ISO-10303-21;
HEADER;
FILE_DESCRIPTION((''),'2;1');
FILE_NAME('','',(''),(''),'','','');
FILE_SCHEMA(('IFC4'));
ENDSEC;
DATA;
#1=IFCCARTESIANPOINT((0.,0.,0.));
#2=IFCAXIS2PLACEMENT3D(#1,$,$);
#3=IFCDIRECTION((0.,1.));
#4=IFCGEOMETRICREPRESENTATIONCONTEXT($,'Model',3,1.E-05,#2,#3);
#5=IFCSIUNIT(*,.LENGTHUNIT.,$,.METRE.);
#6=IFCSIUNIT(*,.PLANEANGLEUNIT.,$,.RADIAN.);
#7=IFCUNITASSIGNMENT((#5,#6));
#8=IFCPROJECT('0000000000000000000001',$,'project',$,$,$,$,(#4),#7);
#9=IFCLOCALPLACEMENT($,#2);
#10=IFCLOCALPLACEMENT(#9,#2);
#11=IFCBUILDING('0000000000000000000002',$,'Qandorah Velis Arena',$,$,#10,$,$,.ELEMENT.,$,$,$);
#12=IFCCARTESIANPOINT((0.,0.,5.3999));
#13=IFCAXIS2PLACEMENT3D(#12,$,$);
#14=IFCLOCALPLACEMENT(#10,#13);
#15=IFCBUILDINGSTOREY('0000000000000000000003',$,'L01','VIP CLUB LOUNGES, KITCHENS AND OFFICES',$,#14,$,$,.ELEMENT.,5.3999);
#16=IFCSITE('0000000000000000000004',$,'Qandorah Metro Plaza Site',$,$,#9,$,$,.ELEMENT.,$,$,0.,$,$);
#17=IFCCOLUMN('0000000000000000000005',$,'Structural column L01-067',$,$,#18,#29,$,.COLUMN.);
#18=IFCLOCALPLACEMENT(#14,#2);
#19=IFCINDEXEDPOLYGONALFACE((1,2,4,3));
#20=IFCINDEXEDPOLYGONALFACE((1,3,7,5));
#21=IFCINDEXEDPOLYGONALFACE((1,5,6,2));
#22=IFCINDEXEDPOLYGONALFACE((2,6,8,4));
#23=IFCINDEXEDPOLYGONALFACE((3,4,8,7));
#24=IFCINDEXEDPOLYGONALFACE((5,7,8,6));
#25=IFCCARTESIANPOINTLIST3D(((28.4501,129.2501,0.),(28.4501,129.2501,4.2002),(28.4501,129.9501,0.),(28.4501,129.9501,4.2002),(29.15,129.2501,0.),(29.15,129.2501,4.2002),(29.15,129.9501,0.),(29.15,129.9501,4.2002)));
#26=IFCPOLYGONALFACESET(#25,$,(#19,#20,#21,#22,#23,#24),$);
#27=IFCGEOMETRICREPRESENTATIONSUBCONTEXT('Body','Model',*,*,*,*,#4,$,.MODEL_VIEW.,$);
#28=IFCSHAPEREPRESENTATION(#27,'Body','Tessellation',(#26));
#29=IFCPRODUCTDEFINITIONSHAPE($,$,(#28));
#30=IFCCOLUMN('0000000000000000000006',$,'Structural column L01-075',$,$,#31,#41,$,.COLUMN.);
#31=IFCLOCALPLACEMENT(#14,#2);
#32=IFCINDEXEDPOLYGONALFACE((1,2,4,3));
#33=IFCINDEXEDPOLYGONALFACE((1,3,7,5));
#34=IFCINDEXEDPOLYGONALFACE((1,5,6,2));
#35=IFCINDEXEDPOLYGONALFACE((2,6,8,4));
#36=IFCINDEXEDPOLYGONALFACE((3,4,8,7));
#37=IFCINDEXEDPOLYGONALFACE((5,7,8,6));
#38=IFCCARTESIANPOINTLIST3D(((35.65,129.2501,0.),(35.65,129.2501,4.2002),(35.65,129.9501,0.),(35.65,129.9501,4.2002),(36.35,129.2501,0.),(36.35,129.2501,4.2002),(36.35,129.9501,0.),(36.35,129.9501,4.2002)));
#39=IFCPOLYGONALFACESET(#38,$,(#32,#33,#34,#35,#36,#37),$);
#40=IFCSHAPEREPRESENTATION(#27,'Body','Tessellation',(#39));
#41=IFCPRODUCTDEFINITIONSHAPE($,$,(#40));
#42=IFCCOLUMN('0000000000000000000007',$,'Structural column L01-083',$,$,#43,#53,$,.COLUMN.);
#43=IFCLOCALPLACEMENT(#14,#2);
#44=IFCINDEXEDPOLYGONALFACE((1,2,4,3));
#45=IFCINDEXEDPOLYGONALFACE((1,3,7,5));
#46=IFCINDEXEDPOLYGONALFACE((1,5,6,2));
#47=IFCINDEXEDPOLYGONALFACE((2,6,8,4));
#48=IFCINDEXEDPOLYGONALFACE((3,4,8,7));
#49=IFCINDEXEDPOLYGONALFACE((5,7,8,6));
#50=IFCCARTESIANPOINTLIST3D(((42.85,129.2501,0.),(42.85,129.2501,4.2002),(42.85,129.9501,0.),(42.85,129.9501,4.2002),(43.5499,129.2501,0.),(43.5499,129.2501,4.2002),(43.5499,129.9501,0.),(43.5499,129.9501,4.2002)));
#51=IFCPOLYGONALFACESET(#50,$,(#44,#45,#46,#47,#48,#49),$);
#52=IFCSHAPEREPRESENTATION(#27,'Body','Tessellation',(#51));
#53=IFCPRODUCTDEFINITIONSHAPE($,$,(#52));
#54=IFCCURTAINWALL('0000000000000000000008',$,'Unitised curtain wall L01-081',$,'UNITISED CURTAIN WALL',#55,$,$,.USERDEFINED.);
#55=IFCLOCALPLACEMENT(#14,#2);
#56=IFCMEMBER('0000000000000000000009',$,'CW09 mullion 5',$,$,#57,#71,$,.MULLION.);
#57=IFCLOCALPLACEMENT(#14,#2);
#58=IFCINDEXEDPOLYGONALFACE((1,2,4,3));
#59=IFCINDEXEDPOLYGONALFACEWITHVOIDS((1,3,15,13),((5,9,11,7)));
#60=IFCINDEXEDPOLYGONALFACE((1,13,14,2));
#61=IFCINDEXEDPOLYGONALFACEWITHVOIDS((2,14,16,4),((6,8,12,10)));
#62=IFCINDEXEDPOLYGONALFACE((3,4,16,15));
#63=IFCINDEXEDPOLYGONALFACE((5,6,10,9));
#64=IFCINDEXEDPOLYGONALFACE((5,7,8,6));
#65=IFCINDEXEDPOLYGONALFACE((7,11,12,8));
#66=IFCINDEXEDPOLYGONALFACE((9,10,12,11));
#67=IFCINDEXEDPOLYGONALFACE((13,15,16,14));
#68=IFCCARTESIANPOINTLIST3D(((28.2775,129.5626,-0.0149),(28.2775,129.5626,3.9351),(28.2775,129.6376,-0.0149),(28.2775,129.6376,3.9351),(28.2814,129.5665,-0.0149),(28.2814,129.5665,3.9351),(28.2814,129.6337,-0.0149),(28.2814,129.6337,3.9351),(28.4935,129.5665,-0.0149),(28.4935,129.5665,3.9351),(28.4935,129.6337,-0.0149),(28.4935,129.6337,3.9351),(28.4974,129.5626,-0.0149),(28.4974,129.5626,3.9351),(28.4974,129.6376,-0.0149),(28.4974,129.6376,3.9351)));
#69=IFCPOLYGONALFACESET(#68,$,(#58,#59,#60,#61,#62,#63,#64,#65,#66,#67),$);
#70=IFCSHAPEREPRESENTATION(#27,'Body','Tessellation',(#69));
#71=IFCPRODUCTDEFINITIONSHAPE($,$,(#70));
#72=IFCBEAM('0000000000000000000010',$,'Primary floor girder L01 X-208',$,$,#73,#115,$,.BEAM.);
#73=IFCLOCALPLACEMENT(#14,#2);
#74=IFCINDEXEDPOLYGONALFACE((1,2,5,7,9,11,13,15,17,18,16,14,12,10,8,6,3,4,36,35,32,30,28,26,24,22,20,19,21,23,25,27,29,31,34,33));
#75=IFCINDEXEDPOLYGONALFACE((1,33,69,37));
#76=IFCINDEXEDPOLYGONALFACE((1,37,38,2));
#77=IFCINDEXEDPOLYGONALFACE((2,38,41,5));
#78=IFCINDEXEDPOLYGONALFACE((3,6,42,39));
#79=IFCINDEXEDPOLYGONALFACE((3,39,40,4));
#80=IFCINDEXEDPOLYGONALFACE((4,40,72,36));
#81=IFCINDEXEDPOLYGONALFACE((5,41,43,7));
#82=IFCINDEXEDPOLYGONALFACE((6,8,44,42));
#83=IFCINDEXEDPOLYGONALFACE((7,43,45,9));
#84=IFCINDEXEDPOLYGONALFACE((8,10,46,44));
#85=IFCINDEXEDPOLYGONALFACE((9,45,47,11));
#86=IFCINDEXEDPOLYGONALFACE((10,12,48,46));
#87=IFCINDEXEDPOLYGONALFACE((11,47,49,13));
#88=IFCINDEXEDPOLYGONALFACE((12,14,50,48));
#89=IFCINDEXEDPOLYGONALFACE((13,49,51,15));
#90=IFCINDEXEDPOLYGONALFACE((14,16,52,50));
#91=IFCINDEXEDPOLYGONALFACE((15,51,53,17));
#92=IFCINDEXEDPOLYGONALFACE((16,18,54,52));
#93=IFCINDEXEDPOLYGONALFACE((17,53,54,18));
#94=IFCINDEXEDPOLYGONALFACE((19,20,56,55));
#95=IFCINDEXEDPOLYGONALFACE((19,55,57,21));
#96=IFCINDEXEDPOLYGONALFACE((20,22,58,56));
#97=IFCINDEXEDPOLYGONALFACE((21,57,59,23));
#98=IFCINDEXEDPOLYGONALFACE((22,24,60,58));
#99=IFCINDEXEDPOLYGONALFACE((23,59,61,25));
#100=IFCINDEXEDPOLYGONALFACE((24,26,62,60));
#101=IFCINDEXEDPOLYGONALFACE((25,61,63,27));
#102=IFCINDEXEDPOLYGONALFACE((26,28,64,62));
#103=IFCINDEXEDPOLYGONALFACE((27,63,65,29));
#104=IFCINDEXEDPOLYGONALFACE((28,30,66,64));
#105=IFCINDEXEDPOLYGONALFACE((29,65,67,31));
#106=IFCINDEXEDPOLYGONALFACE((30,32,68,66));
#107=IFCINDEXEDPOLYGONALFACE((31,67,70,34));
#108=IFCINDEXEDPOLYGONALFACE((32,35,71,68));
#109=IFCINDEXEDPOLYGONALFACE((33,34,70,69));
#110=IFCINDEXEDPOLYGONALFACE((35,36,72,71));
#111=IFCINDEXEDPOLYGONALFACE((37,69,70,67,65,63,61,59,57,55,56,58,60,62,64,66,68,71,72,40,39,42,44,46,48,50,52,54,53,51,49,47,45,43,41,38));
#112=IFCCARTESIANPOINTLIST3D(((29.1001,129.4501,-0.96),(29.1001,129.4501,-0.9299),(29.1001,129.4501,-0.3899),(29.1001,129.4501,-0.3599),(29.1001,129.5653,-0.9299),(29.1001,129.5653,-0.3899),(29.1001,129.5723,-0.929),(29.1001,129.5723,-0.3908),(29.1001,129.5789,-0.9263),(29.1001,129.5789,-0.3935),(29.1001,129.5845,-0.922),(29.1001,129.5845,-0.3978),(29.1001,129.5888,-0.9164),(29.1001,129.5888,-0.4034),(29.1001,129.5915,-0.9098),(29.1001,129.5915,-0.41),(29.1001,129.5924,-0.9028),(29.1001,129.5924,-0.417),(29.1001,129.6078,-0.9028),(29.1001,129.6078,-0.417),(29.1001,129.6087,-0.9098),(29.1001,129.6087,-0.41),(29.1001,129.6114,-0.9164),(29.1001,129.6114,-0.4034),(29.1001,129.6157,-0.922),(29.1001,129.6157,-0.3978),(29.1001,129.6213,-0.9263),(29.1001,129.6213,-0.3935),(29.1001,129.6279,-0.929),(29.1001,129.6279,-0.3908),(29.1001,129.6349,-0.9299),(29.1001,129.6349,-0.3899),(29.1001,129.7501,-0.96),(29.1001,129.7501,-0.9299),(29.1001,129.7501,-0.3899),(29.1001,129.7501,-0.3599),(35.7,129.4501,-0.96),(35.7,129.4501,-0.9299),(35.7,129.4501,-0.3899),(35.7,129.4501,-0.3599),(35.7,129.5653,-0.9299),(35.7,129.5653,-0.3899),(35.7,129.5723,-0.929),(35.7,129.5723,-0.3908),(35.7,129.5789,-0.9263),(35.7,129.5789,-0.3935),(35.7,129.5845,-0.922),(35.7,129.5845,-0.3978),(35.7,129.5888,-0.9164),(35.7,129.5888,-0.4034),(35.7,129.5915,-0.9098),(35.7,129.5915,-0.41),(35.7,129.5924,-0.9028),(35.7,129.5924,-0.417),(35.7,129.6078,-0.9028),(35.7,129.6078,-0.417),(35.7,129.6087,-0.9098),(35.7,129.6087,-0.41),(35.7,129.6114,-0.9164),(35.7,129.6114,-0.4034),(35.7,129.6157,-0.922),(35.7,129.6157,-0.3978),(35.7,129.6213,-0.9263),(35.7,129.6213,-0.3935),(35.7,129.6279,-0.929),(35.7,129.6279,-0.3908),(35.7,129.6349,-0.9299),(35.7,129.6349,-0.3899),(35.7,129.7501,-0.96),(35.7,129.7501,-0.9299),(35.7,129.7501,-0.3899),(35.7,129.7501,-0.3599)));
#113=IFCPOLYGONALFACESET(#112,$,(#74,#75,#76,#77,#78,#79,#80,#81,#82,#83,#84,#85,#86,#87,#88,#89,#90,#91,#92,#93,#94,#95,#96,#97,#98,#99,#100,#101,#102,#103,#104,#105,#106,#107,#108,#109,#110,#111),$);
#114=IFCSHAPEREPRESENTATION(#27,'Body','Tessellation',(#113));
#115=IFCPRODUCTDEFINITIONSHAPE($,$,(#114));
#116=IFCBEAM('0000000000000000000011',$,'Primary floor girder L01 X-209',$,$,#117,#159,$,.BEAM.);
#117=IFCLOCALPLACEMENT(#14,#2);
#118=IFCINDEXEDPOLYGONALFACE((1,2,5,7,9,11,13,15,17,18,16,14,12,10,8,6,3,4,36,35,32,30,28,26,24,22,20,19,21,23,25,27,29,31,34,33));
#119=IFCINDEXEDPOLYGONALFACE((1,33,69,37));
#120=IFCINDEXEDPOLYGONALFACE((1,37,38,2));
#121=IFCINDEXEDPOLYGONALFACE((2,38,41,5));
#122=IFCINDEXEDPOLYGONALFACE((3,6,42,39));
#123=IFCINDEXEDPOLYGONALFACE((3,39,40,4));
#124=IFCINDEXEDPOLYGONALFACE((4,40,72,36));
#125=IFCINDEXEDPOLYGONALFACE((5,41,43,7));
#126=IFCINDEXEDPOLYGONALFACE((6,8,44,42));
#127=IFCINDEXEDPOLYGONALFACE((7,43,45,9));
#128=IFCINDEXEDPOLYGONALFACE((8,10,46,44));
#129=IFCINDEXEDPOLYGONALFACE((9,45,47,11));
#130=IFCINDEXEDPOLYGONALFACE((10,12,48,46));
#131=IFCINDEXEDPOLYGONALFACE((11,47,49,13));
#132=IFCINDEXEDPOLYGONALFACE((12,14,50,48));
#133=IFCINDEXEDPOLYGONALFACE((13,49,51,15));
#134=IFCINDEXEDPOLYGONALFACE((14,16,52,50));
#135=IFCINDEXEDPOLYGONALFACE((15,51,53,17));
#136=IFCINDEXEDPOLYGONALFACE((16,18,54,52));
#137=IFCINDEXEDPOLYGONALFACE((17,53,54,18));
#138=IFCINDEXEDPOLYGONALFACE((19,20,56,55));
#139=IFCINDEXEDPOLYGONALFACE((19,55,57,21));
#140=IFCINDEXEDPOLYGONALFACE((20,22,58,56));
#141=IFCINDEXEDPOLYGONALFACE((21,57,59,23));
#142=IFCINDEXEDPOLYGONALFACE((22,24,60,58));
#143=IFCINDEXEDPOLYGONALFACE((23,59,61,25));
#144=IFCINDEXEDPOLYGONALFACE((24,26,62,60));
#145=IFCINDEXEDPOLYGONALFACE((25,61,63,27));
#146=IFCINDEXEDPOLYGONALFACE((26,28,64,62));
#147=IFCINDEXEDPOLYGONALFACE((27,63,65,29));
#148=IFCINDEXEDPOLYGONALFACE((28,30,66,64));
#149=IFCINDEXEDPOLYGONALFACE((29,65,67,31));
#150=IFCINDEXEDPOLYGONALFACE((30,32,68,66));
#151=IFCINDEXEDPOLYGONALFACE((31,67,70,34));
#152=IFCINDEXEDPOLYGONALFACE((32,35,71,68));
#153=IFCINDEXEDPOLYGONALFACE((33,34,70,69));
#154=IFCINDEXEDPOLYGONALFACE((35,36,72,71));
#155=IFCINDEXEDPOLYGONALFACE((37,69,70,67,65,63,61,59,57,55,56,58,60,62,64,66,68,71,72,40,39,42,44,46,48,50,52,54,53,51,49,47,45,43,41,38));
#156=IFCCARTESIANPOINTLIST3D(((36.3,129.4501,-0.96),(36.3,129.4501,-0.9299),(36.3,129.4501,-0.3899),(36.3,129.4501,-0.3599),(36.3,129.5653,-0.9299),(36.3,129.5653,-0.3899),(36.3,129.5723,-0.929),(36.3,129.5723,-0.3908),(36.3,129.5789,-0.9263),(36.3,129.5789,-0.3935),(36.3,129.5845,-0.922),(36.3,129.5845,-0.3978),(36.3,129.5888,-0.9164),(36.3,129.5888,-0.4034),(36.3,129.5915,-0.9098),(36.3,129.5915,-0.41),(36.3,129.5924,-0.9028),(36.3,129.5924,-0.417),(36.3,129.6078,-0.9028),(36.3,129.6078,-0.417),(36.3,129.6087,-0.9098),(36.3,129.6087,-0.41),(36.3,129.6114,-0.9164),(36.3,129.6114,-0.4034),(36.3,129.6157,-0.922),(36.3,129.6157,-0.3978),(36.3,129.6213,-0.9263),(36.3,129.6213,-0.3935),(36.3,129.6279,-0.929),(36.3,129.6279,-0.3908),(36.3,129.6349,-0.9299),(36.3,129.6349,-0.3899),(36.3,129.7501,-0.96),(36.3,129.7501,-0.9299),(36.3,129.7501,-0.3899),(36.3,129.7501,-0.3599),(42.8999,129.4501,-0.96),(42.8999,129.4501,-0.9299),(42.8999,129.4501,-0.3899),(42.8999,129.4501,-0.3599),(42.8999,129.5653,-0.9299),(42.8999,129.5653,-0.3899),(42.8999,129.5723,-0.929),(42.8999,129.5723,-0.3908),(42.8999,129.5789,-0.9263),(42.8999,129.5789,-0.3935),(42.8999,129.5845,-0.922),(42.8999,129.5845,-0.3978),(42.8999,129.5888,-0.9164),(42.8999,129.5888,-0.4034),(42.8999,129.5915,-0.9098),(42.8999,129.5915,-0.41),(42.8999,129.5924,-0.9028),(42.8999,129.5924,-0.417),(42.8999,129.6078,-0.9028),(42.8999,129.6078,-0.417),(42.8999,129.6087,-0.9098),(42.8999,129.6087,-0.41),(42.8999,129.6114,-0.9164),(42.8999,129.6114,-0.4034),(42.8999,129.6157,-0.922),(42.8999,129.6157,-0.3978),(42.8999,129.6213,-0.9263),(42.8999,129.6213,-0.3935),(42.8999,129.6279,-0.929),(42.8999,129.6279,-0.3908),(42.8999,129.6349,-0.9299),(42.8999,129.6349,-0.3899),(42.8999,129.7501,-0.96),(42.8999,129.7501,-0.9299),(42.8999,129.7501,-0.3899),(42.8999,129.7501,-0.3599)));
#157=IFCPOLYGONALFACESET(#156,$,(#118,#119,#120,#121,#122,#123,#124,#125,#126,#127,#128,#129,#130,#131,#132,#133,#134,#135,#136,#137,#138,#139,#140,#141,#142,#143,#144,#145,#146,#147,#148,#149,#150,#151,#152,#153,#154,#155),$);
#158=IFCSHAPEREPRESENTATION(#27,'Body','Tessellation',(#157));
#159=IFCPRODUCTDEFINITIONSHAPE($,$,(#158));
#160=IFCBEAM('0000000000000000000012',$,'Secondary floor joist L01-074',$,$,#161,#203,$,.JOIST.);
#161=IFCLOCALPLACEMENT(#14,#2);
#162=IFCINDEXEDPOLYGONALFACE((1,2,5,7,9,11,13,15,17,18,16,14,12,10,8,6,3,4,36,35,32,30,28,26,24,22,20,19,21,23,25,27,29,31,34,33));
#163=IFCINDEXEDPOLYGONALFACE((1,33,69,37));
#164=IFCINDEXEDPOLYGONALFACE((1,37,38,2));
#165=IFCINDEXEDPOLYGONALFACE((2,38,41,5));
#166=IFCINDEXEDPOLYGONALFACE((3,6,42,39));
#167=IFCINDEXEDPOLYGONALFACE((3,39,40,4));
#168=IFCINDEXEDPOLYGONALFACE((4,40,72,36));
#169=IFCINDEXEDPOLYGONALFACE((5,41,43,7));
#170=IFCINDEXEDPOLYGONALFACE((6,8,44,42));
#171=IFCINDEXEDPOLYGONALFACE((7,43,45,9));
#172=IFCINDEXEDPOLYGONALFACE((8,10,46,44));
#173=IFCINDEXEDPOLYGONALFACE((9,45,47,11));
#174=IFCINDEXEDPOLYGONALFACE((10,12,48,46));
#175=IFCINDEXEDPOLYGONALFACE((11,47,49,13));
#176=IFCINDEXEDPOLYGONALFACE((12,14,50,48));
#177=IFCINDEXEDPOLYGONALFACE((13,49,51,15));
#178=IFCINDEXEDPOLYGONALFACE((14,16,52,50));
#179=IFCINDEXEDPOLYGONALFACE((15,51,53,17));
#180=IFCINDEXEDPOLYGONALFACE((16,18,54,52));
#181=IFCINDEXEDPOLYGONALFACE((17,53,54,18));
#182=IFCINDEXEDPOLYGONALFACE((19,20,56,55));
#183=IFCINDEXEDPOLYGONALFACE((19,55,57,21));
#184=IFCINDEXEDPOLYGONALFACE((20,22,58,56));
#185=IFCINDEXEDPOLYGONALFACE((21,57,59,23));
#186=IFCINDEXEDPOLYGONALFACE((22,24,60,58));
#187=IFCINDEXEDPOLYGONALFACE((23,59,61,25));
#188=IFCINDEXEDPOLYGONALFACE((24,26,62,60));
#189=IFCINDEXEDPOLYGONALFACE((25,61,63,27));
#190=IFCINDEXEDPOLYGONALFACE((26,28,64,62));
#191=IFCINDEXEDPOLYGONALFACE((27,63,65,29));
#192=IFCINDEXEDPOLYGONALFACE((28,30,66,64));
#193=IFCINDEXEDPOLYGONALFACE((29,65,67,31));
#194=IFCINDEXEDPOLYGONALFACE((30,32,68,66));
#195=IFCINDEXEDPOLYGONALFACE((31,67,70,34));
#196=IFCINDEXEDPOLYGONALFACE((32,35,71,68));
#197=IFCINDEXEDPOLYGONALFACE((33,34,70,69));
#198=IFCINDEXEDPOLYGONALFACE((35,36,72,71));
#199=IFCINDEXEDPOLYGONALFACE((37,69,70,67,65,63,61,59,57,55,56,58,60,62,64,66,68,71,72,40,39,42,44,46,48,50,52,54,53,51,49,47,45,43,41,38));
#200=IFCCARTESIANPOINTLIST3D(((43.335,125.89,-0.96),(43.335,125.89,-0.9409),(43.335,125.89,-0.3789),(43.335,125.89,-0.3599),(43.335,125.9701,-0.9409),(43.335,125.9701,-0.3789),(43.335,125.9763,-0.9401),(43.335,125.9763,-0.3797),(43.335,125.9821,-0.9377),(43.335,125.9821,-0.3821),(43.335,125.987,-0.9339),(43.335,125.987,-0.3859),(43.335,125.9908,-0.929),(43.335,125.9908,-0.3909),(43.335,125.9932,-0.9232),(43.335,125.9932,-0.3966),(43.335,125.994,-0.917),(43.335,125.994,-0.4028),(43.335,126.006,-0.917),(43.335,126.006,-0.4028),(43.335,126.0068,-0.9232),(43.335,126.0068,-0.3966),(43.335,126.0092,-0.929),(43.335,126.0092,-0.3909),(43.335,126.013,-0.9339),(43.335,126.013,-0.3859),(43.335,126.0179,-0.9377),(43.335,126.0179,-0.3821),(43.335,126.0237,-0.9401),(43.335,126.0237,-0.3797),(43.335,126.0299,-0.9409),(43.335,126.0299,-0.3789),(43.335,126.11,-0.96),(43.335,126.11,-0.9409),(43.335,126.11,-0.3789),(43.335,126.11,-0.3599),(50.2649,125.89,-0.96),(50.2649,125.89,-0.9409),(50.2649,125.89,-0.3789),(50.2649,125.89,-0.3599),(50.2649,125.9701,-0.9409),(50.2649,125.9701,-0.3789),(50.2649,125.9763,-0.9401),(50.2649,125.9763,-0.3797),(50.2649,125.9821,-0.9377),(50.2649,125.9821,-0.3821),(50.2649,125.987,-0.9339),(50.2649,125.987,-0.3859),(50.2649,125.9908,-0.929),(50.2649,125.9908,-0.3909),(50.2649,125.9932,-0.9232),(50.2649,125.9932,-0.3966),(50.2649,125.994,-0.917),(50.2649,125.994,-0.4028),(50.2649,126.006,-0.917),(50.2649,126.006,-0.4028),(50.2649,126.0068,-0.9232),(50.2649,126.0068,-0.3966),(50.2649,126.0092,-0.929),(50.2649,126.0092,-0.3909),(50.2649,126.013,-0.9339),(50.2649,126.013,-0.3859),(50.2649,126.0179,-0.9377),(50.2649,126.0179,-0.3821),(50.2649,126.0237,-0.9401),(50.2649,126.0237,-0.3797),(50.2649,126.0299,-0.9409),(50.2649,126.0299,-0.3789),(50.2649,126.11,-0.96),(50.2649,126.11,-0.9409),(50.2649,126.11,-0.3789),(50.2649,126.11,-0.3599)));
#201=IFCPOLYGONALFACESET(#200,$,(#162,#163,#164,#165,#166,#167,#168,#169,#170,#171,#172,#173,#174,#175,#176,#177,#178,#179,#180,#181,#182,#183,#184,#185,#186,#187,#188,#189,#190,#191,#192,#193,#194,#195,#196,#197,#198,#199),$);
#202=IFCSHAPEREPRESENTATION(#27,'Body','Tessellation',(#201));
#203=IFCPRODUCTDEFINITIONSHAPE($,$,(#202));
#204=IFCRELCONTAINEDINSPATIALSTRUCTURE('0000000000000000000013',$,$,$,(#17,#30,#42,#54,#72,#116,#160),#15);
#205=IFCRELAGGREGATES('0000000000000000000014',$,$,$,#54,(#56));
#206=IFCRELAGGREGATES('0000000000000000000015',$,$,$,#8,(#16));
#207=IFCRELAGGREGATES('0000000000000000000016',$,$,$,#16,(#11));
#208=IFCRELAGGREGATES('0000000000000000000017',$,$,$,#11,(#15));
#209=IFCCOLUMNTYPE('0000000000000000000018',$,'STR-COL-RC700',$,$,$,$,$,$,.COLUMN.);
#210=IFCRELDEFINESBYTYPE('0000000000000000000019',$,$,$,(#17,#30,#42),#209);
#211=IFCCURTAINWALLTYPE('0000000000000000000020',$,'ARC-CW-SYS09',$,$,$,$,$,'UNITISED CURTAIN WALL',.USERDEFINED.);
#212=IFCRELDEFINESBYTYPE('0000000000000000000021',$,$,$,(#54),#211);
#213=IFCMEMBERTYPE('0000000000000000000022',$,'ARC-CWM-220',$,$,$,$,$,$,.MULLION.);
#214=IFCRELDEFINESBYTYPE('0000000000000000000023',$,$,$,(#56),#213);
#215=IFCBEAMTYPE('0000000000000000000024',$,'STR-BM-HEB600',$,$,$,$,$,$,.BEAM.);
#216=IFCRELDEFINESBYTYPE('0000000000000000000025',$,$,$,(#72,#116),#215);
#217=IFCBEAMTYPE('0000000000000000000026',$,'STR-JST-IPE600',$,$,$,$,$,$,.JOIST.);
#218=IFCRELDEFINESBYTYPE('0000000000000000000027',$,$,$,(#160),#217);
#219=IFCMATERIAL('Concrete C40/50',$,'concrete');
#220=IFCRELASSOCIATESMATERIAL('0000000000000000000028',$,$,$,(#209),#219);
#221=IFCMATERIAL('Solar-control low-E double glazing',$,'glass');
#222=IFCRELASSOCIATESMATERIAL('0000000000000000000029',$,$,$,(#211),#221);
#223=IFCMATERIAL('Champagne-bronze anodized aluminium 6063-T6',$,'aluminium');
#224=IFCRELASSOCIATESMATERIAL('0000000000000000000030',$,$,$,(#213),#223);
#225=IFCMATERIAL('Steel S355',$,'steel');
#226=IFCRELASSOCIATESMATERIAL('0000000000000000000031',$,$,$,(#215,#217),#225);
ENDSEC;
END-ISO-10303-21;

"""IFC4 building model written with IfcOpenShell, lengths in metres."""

from ifc_helpers import new_model, si_unit, direction, frame, origin, origin_2d, place, context, subcontext, project, spatial, rectangle, hollow_rectangle, i_section, extrude, material, material_profile, profile_set, type_object, element, aggregate, save


model = new_model("IFC4")

# Units and contexts
model_context = context("Model", 3, precision=1e-05, world=origin(), true_north=direction((0.0, 1.0)))
body_context = subcontext(model_context, "Body", "Model", "MODEL_VIEW")
ifc_project = project(units=[si_unit("LENGTHUNIT", "METRE"), si_unit("PLANEANGLEUNIT", "RADIAN")], contexts=[model_context])

# Site, building, storey
site_placement = place(None, origin())
site = spatial("IfcSite", under=ifc_project, at=site_placement, Name="Qandorah Metro Plaza Site", CompositionType="ELEMENT", RefElevation=0.0)
building_placement = place(site_placement, origin())
building = spatial("IfcBuilding", under=site, at=building_placement, Name="Qandorah Velis Arena", CompositionType="ELEMENT")
storey_placement = place(building_placement, frame((0.0, 0.0, 5.3999)))
storey = spatial("IfcBuildingStorey", under=building, at=storey_placement, Name="L01", Description="VIP CLUB LOUNGES, KITCHENS AND OFFICES", CompositionType="ELEMENT", Elevation=5.3999)

# Columns
ifc_material_1 = material(Name="Concrete C40/50", Category="concrete")
ifc_material_profile_1 = material_profile(ifc_material_1, rectangle(XDim=0.7, YDim=0.7, at=origin_2d()), Name="RC COL 700x700")
ifc_profile_set_1 = profile_set([ifc_material_profile_1], Name="Concrete C40/50")
column_type = type_object("IfcColumnType", Name="STR-COL-RC700", PredefinedType="COLUMN", material=ifc_profile_set_1)
for number, where, z_axis, x_axis, name in (
    (1, (28.8, 129.6001, 0.0), (0.0, 0.0, 1.0), (1.0, 0.0, 0.0), "Structural column L01-067"),
    (2, (36.0, 129.6001, 0.0), (0.0, 0.0, 1.0), (1.0, 0.0, 0.0), "Structural column L01-075"),
    (3, (43.2, 129.6001, 0.0), (0.0, 0.0, 1.0), (1.0, 0.0, 0.0), "Structural column L01-083"),
):
    element("IfcColumn", number, at=place(storey_placement, frame(where, z_axis=z_axis, x_axis=x_axis)), inside=storey, type_object=column_type, Name=name, PredefinedType="COLUMN", context=body_context, shape_type="SweptSolid", body=[
        extrude(rectangle(XDim=0.7, YDim=0.7, at=origin_2d()), origin(), (0.0, 0.0, 1.0), 4.2002),
    ])

# Curtain wall, member
ifc_material_2 = material(Name="Solar-control low-E double glazing", Category="glass")
curtain_wall_type = type_object("IfcCurtainWallType", Name="ARC-CW-SYS09", ElementType="UNITISED CURTAIN WALL", PredefinedType="USERDEFINED", material=ifc_material_2)
curtain_wall_placement = place(storey_placement, origin())
curtain_wall = element("IfcCurtainWall", 4, at=curtain_wall_placement, inside=storey, type_object=curtain_wall_type, Name="Unitised curtain wall L01-081", ObjectType="UNITISED CURTAIN WALL", PredefinedType="USERDEFINED")
ifc_material_3 = material(Name="Champagne-bronze anodized aluminium 6063-T6", Category="aluminium")
ifc_material_profile_2 = material_profile(ifc_material_3, hollow_rectangle(XDim=0.075, YDim=0.22, WallThickness=0.0039, at=origin_2d()), Name="ALU MULLION 75x220")
ifc_profile_set_2 = profile_set([ifc_material_profile_2], Name="Champagne-bronze anodized aluminium 6063-T6")
member_type = type_object("IfcMemberType", Name="ARC-CWM-220", PredefinedType="MULLION", material=ifc_profile_set_2)
member_placement = place(storey_placement, frame((28.3875, 129.6001, -0.0149), z_axis=(0.0, 0.0, 1.0), x_axis=(0.0, 1.0, 0.0)))
member = element("IfcMember", 5, at=member_placement, type_object=member_type, Name="CW09 mullion 5", PredefinedType="MULLION", context=body_context, shape_type="SweptSolid", body=[
    extrude(hollow_rectangle(XDim=0.075, YDim=0.22, WallThickness=0.0039, at=origin_2d()), origin(), (0.0, 0.0, 1.0), 3.95),
])

# Beams
ifc_material_4 = material(Name="Steel S355", Category="steel")
ifc_material_profile_3 = material_profile(ifc_material_4, i_section(OverallWidth=0.3, OverallDepth=0.6001, WebThickness=0.0154, FlangeThickness=0.03, FilletRadius=0.0271, at=origin_2d()), Name="HEB 600")
ifc_profile_set_3 = profile_set([ifc_material_profile_3], Name="Steel S355")
beam_type_1 = type_object("IfcBeamType", Name="STR-BM-HEB600", PredefinedType="BEAM", material=ifc_profile_set_3)
for number, where, z_axis, x_axis, name in (
    (6, (29.1001, 129.6001, -0.6599), (1.0, 0.0, 0.0), (0.0, 1.0, 0.0), "Primary floor girder L01 X-208"),
    (7, (36.3, 129.6001, -0.6599), (1.0, 0.0, 0.0), (0.0, 1.0, 0.0), "Primary floor girder L01 X-209"),
):
    element("IfcBeam", number, at=place(storey_placement, frame(where, z_axis=z_axis, x_axis=x_axis)), inside=storey, type_object=beam_type_1, Name=name, PredefinedType="BEAM", context=body_context, shape_type="SweptSolid", body=[
        extrude(i_section(OverallWidth=0.3, OverallDepth=0.6001, WebThickness=0.0154, FlangeThickness=0.03, FilletRadius=0.0271, at=origin_2d()), origin(), (0.0, 0.0, 1.0), 6.5999),
    ])
ifc_material_profile_4 = material_profile(ifc_material_4, i_section(OverallWidth=0.22, OverallDepth=0.6001, WebThickness=0.012, FlangeThickness=0.019, FilletRadius=0.0239, at=origin_2d()), Name="IPE 600")
ifc_profile_set_4 = profile_set([ifc_material_profile_4], Name="Steel S355")
beam_type_2 = type_object("IfcBeamType", Name="STR-JST-IPE600", PredefinedType="JOIST", material=ifc_profile_set_4)
beam_placement = place(storey_placement, frame((43.335, 126.0, -0.6599), z_axis=(1.0, 0.0, 0.0), x_axis=(0.0, 1.0, 0.0)))
element("IfcBeam", 8, at=beam_placement, inside=storey, type_object=beam_type_2, Name="Secondary floor joist L01-074", PredefinedType="JOIST", context=body_context, shape_type="SweptSolid", body=[
    extrude(i_section(OverallWidth=0.22, OverallDepth=0.6001, WebThickness=0.012, FlangeThickness=0.019, FilletRadius=0.0239, at=origin_2d()), origin(), (0.0, 0.0, 1.0), 6.9299),
])

aggregate(curtain_wall, [member])

save(model, "model.ifc")
